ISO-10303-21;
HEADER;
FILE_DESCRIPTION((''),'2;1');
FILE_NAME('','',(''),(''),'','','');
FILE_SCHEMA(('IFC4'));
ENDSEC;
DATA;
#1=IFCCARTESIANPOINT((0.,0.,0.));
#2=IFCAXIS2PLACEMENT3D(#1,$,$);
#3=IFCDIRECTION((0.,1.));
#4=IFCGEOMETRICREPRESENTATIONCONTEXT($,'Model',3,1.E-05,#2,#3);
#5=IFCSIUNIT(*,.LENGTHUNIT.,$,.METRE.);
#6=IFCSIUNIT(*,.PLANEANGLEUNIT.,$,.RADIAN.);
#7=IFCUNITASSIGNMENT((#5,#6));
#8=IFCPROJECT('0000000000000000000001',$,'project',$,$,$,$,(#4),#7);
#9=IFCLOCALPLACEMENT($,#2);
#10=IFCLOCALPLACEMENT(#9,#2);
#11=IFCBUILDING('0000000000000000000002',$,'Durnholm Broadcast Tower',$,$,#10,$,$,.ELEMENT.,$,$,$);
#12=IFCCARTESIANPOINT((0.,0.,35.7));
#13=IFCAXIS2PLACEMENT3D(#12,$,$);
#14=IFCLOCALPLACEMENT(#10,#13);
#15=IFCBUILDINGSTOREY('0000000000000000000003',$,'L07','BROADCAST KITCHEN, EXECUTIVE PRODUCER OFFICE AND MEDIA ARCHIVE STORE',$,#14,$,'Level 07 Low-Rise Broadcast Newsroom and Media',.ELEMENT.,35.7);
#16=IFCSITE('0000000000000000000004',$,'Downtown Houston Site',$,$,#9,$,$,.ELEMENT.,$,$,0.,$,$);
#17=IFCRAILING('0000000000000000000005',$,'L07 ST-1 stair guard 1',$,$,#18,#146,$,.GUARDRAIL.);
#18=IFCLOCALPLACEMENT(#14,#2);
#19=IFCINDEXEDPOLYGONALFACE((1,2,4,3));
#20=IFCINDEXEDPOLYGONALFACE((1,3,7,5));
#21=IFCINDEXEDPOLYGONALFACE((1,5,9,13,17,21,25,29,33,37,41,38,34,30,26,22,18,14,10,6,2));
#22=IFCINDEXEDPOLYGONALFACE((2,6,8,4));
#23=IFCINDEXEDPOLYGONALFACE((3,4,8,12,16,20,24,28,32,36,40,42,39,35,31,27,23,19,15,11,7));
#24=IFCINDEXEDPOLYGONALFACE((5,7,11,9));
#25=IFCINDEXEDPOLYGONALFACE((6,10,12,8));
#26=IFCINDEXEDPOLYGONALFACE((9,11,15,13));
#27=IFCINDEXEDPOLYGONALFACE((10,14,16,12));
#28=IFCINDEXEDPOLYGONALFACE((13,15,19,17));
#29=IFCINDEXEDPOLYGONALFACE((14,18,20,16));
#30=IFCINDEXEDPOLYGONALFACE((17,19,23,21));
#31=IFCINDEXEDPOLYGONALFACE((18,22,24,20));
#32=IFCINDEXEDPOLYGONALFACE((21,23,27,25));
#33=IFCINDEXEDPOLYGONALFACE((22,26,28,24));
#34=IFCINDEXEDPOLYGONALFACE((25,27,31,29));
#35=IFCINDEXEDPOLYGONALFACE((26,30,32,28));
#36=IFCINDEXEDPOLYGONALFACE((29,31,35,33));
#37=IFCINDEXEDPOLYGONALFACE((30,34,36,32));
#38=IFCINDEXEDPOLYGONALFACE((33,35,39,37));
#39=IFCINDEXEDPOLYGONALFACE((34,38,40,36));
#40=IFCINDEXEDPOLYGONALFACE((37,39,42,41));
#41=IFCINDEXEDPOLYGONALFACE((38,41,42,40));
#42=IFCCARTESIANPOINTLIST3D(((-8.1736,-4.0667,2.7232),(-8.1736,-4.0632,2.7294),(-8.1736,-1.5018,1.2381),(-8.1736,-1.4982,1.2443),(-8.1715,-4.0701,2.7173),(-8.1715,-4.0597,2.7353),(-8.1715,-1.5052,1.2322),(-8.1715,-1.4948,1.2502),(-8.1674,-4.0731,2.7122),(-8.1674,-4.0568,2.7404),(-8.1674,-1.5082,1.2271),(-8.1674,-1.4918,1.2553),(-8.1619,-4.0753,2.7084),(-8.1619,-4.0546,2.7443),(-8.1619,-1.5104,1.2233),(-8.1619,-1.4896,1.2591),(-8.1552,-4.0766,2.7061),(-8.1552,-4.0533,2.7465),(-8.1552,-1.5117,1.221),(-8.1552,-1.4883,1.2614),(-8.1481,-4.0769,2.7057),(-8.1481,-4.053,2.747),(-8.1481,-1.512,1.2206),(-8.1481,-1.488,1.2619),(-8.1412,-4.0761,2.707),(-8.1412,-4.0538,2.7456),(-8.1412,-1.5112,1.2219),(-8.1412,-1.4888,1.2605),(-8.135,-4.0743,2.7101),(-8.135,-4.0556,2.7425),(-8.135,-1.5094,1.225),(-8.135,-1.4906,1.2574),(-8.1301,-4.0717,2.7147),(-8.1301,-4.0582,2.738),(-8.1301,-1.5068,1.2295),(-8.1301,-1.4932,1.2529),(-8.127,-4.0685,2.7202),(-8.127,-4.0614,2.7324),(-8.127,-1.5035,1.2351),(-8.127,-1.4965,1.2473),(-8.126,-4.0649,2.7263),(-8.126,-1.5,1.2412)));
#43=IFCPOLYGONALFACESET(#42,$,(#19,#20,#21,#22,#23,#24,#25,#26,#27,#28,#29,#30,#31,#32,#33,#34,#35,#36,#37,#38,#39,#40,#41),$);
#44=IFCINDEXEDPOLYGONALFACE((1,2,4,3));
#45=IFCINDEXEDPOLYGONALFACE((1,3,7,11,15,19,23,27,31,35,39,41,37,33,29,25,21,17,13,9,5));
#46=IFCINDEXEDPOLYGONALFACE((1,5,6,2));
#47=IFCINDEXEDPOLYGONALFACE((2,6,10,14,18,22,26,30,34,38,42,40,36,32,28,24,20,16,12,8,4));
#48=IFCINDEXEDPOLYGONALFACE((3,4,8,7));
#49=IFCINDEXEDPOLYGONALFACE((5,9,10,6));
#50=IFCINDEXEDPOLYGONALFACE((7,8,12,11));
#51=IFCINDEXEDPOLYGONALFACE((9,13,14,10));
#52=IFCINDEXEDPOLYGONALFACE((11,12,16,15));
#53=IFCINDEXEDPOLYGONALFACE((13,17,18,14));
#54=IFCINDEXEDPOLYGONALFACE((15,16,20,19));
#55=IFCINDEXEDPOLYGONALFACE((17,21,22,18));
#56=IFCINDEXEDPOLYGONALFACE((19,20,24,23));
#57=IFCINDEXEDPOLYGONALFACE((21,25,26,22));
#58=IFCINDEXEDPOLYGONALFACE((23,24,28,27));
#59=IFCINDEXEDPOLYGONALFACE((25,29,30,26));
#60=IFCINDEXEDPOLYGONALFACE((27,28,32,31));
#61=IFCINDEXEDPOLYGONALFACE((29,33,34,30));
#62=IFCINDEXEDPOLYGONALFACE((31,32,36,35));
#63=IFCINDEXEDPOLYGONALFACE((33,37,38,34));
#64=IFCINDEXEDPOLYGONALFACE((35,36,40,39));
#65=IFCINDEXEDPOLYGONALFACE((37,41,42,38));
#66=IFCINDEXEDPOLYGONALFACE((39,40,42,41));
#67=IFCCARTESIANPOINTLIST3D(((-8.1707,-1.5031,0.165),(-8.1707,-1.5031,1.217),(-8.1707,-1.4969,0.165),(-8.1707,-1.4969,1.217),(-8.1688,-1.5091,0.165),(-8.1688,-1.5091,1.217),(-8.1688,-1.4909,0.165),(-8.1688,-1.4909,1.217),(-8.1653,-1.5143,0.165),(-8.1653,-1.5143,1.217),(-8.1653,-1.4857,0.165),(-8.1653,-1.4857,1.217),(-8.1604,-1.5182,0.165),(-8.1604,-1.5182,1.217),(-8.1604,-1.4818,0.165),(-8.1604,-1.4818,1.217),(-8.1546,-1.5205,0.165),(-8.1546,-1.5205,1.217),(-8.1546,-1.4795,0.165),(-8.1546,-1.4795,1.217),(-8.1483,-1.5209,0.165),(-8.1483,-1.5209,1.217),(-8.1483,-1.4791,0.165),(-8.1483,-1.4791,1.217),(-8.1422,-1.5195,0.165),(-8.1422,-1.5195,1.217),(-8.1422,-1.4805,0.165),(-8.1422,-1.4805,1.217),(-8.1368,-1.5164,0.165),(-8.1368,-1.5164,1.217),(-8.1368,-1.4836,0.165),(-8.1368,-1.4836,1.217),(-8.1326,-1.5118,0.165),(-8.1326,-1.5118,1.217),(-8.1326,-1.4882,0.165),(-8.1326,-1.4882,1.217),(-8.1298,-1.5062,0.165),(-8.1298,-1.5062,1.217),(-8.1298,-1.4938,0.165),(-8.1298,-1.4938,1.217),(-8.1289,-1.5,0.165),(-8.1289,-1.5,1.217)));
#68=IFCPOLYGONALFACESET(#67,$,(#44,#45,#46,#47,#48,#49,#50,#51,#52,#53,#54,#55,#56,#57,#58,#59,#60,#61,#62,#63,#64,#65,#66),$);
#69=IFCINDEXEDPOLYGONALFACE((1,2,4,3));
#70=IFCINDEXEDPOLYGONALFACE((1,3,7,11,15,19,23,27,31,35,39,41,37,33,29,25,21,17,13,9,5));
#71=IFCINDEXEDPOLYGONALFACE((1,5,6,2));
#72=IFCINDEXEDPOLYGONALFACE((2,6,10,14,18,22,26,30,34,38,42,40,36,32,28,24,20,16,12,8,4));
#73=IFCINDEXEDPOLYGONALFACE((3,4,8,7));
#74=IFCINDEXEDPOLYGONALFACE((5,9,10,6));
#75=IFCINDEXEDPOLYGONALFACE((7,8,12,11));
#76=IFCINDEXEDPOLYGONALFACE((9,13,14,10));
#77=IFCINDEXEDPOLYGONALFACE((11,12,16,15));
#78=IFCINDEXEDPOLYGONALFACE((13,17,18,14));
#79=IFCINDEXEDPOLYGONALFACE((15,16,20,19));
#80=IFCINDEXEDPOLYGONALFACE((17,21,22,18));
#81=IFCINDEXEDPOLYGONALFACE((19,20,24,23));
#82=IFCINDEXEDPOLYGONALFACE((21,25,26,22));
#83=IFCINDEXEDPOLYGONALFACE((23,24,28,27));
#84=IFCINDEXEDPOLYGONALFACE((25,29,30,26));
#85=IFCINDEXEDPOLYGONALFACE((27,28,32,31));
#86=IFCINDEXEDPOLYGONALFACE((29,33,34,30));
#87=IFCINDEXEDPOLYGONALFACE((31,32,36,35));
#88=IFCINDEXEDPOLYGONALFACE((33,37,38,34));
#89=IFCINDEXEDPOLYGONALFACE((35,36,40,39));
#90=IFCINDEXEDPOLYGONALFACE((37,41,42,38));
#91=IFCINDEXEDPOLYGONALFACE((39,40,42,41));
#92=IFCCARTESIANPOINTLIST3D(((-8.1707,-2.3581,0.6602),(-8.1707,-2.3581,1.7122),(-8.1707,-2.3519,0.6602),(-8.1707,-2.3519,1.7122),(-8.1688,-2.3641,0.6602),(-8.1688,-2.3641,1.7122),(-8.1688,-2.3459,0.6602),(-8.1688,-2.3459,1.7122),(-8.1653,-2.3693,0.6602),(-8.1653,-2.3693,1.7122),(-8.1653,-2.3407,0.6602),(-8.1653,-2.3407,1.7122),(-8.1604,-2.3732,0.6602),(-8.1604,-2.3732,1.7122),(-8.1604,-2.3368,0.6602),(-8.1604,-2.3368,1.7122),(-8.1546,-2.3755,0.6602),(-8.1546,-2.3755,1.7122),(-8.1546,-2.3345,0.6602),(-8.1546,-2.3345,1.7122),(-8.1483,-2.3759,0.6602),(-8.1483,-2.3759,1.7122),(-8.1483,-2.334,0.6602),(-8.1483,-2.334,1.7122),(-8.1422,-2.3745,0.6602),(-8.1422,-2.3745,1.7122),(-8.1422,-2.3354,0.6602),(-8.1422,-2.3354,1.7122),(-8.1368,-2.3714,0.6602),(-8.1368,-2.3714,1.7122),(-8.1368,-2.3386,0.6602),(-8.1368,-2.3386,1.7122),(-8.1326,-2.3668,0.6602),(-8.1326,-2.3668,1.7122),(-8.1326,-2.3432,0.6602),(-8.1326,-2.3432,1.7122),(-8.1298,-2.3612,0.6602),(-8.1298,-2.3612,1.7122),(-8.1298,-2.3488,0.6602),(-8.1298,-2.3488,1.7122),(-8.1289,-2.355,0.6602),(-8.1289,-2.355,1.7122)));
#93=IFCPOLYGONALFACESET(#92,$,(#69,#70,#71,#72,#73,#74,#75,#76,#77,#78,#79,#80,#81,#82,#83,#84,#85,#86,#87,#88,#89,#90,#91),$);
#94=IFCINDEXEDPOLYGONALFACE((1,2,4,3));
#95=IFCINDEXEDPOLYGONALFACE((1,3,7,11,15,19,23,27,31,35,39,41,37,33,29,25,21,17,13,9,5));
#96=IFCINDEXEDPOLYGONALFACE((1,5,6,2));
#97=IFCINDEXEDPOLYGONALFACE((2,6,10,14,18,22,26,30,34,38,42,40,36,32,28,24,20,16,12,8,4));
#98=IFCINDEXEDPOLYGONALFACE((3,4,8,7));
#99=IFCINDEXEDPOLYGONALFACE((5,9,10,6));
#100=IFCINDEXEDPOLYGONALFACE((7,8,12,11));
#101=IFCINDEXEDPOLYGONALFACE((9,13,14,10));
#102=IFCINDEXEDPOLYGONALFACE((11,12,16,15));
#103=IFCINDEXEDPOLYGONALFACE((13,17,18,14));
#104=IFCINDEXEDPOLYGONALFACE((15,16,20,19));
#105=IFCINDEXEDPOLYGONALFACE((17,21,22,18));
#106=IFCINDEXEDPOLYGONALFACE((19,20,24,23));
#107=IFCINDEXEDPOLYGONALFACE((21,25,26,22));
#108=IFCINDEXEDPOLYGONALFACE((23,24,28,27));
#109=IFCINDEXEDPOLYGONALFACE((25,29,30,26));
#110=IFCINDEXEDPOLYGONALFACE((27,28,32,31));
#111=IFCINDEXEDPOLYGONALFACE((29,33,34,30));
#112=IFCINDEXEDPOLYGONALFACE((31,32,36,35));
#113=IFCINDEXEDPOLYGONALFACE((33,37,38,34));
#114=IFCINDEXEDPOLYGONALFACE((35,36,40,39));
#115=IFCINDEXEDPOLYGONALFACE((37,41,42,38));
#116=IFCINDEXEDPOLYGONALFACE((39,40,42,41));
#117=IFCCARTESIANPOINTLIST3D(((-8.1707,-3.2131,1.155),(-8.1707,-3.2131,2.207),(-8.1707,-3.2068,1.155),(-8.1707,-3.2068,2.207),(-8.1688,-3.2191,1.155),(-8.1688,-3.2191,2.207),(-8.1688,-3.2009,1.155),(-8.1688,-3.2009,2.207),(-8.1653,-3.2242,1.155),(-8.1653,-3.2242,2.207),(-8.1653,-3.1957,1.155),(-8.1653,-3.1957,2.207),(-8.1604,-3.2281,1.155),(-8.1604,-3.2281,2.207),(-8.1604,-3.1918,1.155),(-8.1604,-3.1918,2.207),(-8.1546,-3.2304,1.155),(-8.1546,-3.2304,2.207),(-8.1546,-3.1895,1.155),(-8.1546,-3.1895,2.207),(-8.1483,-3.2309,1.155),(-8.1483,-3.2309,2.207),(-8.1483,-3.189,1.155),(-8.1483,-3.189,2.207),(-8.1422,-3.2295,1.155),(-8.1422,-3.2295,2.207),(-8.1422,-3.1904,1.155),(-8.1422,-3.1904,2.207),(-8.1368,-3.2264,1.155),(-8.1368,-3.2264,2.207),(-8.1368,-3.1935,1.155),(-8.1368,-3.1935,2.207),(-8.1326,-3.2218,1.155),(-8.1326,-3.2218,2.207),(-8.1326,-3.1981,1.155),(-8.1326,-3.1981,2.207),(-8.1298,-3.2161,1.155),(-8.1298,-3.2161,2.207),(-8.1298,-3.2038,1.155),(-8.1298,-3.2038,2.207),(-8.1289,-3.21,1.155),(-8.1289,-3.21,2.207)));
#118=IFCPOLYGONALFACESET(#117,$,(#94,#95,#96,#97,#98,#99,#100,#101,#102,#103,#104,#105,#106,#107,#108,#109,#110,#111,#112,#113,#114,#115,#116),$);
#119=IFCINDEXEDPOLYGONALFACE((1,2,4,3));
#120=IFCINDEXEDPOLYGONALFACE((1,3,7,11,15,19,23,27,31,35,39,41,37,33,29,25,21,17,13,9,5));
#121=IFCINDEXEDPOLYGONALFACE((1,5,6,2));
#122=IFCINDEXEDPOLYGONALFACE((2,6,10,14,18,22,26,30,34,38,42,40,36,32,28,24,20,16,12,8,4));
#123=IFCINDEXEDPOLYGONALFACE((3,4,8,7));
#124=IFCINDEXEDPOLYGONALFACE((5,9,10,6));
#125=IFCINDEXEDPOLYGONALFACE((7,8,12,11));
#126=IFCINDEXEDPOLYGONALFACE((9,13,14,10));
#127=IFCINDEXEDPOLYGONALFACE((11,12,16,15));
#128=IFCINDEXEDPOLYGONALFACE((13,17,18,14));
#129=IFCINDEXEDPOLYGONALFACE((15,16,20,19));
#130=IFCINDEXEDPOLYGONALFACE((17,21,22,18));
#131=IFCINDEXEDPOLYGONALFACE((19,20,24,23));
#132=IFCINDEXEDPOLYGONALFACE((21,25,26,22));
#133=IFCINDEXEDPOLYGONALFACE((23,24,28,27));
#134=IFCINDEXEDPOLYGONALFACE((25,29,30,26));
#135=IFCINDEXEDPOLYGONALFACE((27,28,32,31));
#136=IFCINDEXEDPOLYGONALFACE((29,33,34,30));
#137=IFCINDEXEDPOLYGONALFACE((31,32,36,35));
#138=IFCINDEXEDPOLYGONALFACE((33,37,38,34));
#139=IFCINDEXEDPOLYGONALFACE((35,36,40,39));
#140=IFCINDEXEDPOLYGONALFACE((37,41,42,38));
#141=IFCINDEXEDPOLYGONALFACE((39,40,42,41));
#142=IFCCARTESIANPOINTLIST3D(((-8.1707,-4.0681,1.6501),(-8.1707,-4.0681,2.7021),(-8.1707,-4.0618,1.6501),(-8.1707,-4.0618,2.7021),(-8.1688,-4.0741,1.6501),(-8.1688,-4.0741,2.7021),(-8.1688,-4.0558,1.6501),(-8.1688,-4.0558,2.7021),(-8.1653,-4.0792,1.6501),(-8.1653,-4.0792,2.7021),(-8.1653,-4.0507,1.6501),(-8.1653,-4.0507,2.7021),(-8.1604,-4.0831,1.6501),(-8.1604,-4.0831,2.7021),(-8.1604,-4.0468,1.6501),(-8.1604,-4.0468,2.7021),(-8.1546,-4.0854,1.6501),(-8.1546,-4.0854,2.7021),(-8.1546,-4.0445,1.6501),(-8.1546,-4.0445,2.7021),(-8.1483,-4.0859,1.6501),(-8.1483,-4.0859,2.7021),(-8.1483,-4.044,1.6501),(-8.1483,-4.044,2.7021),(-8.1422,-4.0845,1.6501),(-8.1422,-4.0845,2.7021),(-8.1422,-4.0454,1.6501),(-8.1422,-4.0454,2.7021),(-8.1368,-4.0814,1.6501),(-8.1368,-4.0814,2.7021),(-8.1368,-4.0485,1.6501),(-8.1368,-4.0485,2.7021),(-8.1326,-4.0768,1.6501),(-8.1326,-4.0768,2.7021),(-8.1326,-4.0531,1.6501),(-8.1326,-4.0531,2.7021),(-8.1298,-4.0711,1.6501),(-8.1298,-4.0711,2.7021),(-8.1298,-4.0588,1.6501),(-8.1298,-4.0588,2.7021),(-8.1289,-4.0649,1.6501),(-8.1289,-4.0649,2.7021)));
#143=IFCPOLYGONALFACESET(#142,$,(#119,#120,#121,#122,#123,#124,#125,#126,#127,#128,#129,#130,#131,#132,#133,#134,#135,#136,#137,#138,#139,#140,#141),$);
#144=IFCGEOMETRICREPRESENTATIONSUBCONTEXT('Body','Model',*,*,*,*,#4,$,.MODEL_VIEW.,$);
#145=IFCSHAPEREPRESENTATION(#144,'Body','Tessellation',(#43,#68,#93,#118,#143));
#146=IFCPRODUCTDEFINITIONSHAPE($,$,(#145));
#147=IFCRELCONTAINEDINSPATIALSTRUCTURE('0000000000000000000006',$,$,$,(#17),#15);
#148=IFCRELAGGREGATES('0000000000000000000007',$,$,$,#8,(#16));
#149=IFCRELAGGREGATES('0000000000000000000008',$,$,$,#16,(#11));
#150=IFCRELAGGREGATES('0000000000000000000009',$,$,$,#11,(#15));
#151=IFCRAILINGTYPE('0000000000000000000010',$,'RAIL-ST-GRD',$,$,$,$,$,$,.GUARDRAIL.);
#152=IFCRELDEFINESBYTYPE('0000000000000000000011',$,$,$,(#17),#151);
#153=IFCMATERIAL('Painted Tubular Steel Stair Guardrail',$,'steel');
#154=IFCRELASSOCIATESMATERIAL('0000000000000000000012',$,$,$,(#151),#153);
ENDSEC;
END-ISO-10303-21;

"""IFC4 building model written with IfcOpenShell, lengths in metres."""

from ifc_helpers import new_model, si_unit, direction, frame, origin, origin_2d, place, context, subcontext, project, spatial, circle, extrude, material, type_object, element, save


model = new_model("IFC4")

# Units and contexts
model_context = context("Model", 3, precision=1e-05, world=origin(), true_north=direction((0.0, 1.0)))
body_context = subcontext(model_context, "Body", "Model", "MODEL_VIEW")
ifc_project = project(units=[si_unit("LENGTHUNIT", "METRE"), si_unit("PLANEANGLEUNIT", "RADIAN")], contexts=[model_context])

# Site, building, storey
site_placement = place(None, origin())
site = spatial("IfcSite", under=ifc_project, at=site_placement, Name="Downtown Houston Site", CompositionType="ELEMENT", RefElevation=0.0)
building_placement = place(site_placement, origin())
building = spatial("IfcBuilding", under=site, at=building_placement, Name="Durnholm Broadcast Tower", CompositionType="ELEMENT")
storey_placement = place(building_placement, frame((0.0, 0.0, 35.7)))
storey = spatial("IfcBuildingStorey", under=building, at=storey_placement, Name="L07", Description="BROADCAST KITCHEN, EXECUTIVE PRODUCER OFFICE AND MEDIA ARCHIVE STORE", LongName="Level 07 Low-Rise Broadcast Newsroom and Media", CompositionType="ELEMENT", Elevation=35.7)

# Railing
ifc_material_1 = material(Name="Painted Tubular Steel Stair Guardrail", Category="steel")
railing_type_1 = type_object("IfcRailingType", Name="RAIL-ST-GRD", PredefinedType="GUARDRAIL", material=ifc_material_1)
railing_1_placement = place(storey_placement, frame((-8.1499, -1.5, 0.165)))
element("IfcRailing", 1, at=railing_1_placement, inside=storey, type_object=railing_type_1, Name="L07 ST-1 stair guard 1", PredefinedType="GUARDRAIL", context=body_context, shape_type="SweptSolid", body=[
    extrude(circle(Radius=0.0239, at=origin_2d()), frame((0.0, 0.0, 1.0762), z_axis=(0.0, -0.865406, 0.501072), x_axis=(1.0, 0.0, 0.0)), (0.0, 0.0, 1.0), 2.9639),
    extrude(circle(Radius=0.021, at=origin_2d()), origin(), (0.0, 0.0, 1.0), 1.052),
    extrude(circle(Radius=0.021, at=origin_2d()), frame((0.0, -0.855, 0.4951)), (0.0, 0.0, 1.0), 1.052),
    extrude(circle(Radius=0.021, at=origin_2d()), frame((0.0, -1.71, 0.99)), (0.0, 0.0, 1.0), 1.052),
    extrude(circle(Radius=0.021, at=origin_2d()), frame((0.0, -2.5649, 1.4851)), (0.0, 0.0, 1.0), 1.052),
])

save(model, "model.ifc")
